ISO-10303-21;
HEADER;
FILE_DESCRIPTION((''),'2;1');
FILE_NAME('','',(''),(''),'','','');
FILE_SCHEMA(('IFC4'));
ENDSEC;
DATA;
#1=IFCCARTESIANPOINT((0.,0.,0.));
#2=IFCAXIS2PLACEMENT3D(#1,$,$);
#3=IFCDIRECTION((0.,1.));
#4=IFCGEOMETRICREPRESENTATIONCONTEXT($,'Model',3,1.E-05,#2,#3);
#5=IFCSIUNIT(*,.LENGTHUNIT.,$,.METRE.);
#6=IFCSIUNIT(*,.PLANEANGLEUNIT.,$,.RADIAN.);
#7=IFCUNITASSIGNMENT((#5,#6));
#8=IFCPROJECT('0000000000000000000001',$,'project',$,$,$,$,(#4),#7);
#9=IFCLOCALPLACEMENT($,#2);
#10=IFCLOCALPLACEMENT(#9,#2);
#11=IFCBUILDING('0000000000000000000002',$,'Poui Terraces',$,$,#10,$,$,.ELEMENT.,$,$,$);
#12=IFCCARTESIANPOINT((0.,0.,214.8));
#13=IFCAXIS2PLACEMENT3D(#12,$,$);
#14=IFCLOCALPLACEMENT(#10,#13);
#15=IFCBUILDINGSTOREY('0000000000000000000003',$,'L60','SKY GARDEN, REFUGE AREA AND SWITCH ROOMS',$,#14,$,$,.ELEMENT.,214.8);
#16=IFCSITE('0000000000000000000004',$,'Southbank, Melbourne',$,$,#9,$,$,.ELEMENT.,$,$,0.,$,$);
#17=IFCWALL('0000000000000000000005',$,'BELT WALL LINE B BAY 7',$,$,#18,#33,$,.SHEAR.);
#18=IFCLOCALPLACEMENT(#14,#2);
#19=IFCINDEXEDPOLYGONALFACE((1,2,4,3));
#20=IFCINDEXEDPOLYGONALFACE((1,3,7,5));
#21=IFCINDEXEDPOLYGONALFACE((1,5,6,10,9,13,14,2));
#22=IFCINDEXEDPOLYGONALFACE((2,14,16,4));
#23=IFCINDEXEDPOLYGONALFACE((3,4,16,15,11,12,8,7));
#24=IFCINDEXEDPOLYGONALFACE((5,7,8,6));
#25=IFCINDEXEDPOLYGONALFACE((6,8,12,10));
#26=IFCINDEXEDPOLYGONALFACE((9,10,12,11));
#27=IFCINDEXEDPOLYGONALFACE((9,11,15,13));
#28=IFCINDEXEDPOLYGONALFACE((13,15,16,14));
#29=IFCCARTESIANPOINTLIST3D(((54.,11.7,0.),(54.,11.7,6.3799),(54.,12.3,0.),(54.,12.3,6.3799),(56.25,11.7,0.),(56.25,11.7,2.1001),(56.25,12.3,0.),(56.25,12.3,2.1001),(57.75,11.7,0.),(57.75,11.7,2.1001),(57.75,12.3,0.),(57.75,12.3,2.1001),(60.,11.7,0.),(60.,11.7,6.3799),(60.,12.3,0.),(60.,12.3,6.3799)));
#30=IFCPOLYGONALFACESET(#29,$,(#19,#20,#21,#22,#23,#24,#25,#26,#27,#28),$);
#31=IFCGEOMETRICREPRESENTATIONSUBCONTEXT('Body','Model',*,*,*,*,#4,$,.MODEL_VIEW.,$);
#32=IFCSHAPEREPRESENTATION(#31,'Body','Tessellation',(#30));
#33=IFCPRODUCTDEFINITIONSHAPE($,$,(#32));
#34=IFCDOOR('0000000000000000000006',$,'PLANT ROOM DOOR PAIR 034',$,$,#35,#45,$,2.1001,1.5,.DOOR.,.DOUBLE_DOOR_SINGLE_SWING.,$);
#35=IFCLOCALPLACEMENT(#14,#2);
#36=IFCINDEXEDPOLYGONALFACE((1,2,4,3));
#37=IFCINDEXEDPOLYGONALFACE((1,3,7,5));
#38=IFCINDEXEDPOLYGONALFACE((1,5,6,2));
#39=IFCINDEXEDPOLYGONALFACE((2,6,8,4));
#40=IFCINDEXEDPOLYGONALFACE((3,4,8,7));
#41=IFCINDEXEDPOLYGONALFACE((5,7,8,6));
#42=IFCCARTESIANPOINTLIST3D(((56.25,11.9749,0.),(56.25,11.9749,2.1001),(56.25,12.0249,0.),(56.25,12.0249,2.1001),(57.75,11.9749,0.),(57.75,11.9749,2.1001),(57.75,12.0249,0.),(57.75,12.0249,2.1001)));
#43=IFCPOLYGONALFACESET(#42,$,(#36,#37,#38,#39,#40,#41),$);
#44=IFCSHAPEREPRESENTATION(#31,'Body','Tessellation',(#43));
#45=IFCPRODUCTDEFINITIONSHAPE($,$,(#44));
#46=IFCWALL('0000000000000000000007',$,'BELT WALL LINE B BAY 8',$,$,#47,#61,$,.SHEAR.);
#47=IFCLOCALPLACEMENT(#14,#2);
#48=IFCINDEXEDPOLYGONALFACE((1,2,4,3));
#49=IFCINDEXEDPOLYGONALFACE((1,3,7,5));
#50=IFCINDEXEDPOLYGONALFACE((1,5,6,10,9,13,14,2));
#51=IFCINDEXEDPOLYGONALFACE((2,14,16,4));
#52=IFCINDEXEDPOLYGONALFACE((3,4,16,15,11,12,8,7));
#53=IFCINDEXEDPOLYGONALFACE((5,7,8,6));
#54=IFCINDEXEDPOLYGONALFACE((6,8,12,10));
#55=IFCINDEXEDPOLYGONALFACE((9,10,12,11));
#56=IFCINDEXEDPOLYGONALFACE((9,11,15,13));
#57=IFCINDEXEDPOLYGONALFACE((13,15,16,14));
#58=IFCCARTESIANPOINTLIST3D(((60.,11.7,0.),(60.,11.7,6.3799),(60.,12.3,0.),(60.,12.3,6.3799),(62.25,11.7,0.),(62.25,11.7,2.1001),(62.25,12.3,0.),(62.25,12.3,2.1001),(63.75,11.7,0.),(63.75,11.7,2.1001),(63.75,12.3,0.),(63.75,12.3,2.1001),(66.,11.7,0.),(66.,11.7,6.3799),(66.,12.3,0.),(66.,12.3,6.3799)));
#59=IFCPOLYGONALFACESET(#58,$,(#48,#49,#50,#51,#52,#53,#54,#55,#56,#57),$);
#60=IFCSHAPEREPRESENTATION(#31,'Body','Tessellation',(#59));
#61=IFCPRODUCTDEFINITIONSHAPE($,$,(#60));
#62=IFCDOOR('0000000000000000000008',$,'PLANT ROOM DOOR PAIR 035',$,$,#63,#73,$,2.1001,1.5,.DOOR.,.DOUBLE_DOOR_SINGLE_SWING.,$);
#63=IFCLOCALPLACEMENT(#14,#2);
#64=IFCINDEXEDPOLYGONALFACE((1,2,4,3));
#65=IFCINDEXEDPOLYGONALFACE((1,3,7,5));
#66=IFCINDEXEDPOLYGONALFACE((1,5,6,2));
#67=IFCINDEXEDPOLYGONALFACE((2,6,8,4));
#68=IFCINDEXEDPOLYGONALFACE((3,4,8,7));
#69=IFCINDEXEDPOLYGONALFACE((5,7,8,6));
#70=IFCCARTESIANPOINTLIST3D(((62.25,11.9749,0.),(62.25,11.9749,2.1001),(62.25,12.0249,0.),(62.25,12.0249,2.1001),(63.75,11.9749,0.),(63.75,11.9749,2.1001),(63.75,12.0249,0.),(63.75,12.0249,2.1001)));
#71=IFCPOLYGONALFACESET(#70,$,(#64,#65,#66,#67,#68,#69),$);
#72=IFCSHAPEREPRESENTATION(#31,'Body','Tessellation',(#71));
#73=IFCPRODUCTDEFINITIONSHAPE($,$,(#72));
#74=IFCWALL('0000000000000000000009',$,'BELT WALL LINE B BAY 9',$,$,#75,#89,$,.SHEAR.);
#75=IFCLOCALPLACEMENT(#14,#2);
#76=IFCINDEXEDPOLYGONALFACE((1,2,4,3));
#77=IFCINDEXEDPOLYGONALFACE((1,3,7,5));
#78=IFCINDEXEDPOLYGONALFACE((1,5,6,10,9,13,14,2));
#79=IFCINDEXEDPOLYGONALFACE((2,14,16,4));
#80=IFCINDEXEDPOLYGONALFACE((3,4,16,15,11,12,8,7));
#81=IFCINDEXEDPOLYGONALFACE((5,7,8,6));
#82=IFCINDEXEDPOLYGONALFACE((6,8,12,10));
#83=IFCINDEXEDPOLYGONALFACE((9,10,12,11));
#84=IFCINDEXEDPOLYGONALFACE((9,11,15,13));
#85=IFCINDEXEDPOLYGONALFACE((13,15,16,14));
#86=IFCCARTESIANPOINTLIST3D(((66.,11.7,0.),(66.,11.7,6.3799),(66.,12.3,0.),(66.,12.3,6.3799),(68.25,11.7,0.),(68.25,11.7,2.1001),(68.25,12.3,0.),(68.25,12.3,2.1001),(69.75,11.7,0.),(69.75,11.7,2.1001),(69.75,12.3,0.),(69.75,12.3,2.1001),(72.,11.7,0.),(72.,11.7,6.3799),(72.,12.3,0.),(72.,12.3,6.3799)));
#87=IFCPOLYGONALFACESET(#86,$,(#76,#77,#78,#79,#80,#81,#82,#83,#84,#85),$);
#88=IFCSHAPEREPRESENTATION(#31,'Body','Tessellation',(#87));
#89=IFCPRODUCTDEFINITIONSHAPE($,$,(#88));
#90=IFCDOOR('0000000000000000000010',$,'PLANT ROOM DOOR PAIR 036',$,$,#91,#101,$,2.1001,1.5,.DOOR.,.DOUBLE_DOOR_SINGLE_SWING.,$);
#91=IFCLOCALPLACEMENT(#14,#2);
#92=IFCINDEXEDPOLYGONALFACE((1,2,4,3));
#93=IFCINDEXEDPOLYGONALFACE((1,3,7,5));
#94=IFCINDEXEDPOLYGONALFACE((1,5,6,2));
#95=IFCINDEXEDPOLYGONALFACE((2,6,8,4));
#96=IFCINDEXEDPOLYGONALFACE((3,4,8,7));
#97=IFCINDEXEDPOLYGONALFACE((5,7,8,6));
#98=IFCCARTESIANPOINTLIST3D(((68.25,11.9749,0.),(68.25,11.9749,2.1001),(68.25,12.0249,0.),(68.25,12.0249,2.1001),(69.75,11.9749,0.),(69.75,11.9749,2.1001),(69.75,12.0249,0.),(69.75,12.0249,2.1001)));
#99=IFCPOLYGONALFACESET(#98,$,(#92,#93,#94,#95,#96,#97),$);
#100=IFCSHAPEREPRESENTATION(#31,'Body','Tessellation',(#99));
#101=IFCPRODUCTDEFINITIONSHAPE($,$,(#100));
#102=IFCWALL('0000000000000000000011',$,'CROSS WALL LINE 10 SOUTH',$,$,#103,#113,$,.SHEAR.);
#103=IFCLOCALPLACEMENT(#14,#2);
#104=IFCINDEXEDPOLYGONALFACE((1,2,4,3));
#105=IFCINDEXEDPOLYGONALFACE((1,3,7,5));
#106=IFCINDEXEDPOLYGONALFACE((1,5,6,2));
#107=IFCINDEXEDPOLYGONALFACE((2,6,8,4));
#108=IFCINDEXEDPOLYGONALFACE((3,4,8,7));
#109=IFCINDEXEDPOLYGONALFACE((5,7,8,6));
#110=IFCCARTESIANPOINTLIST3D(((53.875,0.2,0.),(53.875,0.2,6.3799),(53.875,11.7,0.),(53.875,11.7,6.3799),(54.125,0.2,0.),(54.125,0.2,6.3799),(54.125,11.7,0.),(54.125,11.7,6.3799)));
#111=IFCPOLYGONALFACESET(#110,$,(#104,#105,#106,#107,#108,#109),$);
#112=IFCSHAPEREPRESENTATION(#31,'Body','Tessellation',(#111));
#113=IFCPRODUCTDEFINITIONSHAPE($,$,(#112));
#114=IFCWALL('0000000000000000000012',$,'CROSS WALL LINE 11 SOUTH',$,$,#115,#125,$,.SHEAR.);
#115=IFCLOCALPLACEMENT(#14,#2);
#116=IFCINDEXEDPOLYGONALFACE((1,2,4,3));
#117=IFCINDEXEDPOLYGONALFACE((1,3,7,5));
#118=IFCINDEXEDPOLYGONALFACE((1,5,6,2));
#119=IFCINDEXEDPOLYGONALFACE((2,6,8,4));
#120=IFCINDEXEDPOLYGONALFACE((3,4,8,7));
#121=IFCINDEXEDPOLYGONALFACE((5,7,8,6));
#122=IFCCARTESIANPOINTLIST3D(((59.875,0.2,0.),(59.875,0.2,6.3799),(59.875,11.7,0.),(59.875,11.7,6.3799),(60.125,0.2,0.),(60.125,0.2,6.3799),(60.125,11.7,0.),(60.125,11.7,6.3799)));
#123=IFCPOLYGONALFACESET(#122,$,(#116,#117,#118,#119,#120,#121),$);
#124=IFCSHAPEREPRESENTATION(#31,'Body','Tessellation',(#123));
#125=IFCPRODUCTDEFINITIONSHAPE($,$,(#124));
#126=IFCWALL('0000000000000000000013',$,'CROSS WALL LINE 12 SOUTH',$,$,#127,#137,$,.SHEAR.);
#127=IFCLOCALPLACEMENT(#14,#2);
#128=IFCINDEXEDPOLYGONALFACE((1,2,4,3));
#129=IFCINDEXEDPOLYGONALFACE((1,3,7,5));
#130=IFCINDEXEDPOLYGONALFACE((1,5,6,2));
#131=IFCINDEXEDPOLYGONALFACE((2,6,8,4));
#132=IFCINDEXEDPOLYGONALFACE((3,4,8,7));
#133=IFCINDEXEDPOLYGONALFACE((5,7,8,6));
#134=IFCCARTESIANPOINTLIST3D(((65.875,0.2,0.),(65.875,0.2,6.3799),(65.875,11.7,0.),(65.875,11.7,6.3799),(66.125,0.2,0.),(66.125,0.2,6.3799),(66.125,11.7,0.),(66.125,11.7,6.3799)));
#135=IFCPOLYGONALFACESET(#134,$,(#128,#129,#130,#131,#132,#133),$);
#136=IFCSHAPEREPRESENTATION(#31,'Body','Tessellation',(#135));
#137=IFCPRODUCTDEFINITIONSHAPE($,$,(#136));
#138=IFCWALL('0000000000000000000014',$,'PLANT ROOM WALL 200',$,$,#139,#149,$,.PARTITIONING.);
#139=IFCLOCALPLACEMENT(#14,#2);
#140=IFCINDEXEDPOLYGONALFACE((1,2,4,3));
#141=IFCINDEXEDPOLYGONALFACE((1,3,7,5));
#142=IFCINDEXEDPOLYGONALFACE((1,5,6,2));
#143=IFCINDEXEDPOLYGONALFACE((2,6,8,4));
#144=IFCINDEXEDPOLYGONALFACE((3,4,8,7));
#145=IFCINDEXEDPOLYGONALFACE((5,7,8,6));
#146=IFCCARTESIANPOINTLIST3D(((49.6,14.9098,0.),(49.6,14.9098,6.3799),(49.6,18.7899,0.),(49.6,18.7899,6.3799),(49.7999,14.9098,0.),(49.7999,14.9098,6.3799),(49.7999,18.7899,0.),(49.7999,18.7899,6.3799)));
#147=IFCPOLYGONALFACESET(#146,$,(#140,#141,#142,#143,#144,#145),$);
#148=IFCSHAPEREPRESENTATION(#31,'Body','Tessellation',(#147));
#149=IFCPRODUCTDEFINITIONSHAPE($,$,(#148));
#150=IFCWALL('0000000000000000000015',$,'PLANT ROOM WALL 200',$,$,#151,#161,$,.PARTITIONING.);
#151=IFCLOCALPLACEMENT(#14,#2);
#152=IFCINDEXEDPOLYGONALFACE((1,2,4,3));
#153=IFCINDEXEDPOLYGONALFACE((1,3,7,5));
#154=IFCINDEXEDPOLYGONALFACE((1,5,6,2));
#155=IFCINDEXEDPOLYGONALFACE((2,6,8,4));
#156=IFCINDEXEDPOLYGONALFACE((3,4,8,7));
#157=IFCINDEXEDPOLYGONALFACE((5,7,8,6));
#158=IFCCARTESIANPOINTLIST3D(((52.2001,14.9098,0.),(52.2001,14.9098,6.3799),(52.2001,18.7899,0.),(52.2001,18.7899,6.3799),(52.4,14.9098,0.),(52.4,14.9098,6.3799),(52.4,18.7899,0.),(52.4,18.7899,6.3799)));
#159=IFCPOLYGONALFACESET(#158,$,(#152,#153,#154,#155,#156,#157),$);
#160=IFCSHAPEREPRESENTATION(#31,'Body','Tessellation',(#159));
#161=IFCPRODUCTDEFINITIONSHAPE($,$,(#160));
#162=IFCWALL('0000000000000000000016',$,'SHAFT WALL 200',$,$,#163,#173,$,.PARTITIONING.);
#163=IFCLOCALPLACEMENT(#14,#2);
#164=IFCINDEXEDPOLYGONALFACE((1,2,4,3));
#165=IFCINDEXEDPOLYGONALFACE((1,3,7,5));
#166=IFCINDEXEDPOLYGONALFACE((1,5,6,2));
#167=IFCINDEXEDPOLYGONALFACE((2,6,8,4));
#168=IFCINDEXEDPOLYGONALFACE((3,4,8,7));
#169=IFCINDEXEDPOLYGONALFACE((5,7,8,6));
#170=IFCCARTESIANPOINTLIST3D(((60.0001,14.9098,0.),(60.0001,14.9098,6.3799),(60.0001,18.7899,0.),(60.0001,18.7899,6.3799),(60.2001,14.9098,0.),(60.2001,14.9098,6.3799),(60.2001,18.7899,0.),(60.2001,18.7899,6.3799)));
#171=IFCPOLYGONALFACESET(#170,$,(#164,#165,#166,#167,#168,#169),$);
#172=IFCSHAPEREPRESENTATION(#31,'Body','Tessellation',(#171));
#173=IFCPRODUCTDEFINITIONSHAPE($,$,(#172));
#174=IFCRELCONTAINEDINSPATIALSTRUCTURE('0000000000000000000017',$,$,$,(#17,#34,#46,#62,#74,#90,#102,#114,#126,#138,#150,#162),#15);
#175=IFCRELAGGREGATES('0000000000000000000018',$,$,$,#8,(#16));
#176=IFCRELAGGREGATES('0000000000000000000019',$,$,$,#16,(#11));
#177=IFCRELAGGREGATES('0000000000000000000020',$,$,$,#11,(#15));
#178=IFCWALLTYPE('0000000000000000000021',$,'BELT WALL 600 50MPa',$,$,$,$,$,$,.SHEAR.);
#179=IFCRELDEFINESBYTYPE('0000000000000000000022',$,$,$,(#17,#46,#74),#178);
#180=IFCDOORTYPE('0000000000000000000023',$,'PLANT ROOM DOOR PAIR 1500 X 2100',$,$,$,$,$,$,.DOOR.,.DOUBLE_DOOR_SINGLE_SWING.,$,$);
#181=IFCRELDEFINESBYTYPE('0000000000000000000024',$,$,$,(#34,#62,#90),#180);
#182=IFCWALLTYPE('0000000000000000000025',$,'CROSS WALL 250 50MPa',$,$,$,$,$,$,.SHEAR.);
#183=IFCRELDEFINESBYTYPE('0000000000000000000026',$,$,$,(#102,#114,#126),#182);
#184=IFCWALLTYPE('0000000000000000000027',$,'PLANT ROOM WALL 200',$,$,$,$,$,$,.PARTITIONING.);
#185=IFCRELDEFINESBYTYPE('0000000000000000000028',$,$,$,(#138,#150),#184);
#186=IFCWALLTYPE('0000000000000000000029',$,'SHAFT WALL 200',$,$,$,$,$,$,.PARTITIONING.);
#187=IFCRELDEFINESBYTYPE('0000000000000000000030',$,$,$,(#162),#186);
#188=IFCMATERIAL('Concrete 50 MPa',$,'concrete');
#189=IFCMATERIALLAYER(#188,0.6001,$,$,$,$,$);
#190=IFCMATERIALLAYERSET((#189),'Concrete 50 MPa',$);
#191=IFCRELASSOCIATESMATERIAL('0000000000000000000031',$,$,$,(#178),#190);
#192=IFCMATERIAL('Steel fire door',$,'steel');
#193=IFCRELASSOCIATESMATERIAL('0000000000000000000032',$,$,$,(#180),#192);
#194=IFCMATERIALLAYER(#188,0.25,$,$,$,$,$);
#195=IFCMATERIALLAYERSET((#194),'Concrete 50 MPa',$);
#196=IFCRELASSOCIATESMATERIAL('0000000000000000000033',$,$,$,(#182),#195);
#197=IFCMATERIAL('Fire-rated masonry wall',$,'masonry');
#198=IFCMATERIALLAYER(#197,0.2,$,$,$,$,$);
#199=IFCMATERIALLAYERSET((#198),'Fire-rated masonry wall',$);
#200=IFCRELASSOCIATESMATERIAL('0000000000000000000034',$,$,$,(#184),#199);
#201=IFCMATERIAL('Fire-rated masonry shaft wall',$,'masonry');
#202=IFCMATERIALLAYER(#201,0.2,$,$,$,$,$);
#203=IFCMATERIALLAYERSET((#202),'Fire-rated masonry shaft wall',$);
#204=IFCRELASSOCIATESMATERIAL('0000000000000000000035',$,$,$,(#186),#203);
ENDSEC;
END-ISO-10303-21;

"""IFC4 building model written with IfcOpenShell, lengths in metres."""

from ifc_helpers import new_model, si_unit, direction, frame, frame_2d, origin, place, context, subcontext, project, spatial, rectangle, extrude, material, layer, layer_set, type_object, element, fill, save


model = new_model("IFC4")

# Units and contexts
model_context = context("Model", 3, precision=1e-05, world=origin(), true_north=direction((0.0, 1.0)))
body_context = subcontext(model_context, "Body", "Model", "MODEL_VIEW")
ifc_project = project(units=[si_unit("LENGTHUNIT", "METRE"), si_unit("PLANEANGLEUNIT", "RADIAN")], contexts=[model_context])

# Site, building, storey
site_placement = place(None, origin())
site = spatial("IfcSite", under=ifc_project, at=site_placement, Name="Southbank, Melbourne", CompositionType="ELEMENT", RefElevation=0.0)
building_placement = place(site_placement, origin())
building = spatial("IfcBuilding", under=site, at=building_placement, Name="Poui Terraces", CompositionType="ELEMENT")
storey_placement = place(building_placement, frame((0.0, 0.0, 214.8)))
storey = spatial("IfcBuildingStorey", under=building, at=storey_placement, Name="L60", Description="SKY GARDEN, REFUGE AREA AND SWITCH ROOMS", CompositionType="ELEMENT", Elevation=214.8)

# Walls, openings, doors
ifc_material_1 = material(Name="Concrete 50 MPa", Category="concrete")
ifc_layer_1 = layer(ifc_material_1, 0.6001)
ifc_layer_set_1 = layer_set([ifc_layer_1], Name="Concrete 50 MPa")
wall_type_1 = type_object("IfcWallType", Name="BELT WALL 600 50MPa", PredefinedType="SHEAR", material=ifc_layer_set_1)
wall_1_placement = place(storey_placement, frame((54.0, 12.0, 0.0), z_axis=(0.0, 0.0, 1.0), x_axis=(1.0, 0.0, 0.0)))
wall_1 = element("IfcWall", 1, at=wall_1_placement, inside=storey, type_object=wall_type_1, Name="BELT WALL LINE B BAY 7", PredefinedType="SHEAR", context=body_context, shape_type="SweptSolid", body=[
    extrude(rectangle(XDim=6.0, YDim=0.6001, at=frame_2d((3.0, 0.0))), origin(), (0.0, 0.0, 1.0), 6.3799),
])
opening_1_placement = place(wall_1_placement, frame((2.25, 0.0, 0.0)))
opening_1 = element("IfcOpeningElement", 2, at=opening_1_placement, cuts=wall_1, PredefinedType="OPENING", context=body_context, shape_type="SweptSolid", body=[
    extrude(rectangle(XDim=1.5, YDim=2.1001, at=frame_2d((0.75, 1.05))), frame((0.0, 0.3101, 0.0), z_axis=(0.0, -1.0, 0.0), x_axis=(1.0, 0.0, 0.0)), (0.0, 0.0, 1.0), 0.6201),
])
ifc_material_2 = material(Name="Steel fire door", Category="steel")
door_type_1 = type_object("IfcDoorType", Name="PLANT ROOM DOOR PAIR 1500 X 2100", OperationType="DOUBLE_DOOR_SINGLE_SWING", PredefinedType="DOOR", material=ifc_material_2)
door_1_placement = place(opening_1_placement, origin())
door_1 = element("IfcDoor", 3, at=door_1_placement, inside=storey, type_object=door_type_1, Name="PLANT ROOM DOOR PAIR 034", OperationType="DOUBLE_DOOR_SINGLE_SWING", OverallHeight=2.1001, OverallWidth=1.5, PredefinedType="DOOR", context=body_context, shape_type="SweptSolid", body=[
    extrude(rectangle(XDim=1.5, YDim=2.1001, at=frame_2d((0.75, 1.05))), frame((0.0, 0.0249, 0.0), z_axis=(0.0, -1.0, 0.0), x_axis=(1.0, 0.0, 0.0)), (0.0, 0.0, 1.0), 0.05),
])
fill(opening_1, door_1)
wall_2_placement = place(storey_placement, frame((60.0, 12.0, 0.0), z_axis=(0.0, 0.0, 1.0), x_axis=(1.0, 0.0, 0.0)))
wall_2 = element("IfcWall", 4, at=wall_2_placement, inside=storey, type_object=wall_type_1, Name="BELT WALL LINE B BAY 8", PredefinedType="SHEAR", context=body_context, shape_type="SweptSolid", body=[
    extrude(rectangle(XDim=6.0, YDim=0.6001, at=frame_2d((3.0, 0.0))), origin(), (0.0, 0.0, 1.0), 6.3799),
])
opening_2_placement = place(wall_2_placement, frame((2.25, 0.0, 0.0)))
opening_2 = element("IfcOpeningElement", 5, at=opening_2_placement, cuts=wall_2, PredefinedType="OPENING", context=body_context, shape_type="SweptSolid", body=[
    extrude(rectangle(XDim=1.5, YDim=2.1001, at=frame_2d((0.75, 1.05))), frame((0.0, 0.3101, 0.0), z_axis=(0.0, -1.0, 0.0), x_axis=(1.0, 0.0, 0.0)), (0.0, 0.0, 1.0), 0.6201),
])
door_2_placement = place(opening_2_placement, origin())
door_2 = element("IfcDoor", 6, at=door_2_placement, inside=storey, type_object=door_type_1, Name="PLANT ROOM DOOR PAIR 035", OperationType="DOUBLE_DOOR_SINGLE_SWING", OverallHeight=2.1001, OverallWidth=1.5, PredefinedType="DOOR", context=body_context, shape_type="SweptSolid", body=[
    extrude(rectangle(XDim=1.5, YDim=2.1001, at=frame_2d((0.75, 1.05))), frame((0.0, 0.0249, 0.0), z_axis=(0.0, -1.0, 0.0), x_axis=(1.0, 0.0, 0.0)), (0.0, 0.0, 1.0), 0.05),
])
fill(opening_2, door_2)
wall_3_placement = place(storey_placement, frame((66.0, 12.0, 0.0), z_axis=(0.0, 0.0, 1.0), x_axis=(1.0, 0.0, 0.0)))
wall_3 = element("IfcWall", 7, at=wall_3_placement, inside=storey, type_object=wall_type_1, Name="BELT WALL LINE B BAY 9", PredefinedType="SHEAR", context=body_context, shape_type="SweptSolid", body=[
    extrude(rectangle(XDim=6.0, YDim=0.6001, at=frame_2d((3.0, 0.0))), origin(), (0.0, 0.0, 1.0), 6.3799),
])
opening_3_placement = place(wall_3_placement, frame((2.25, 0.0, 0.0)))
opening_3 = element("IfcOpeningElement", 8, at=opening_3_placement, cuts=wall_3, PredefinedType="OPENING", context=body_context, shape_type="SweptSolid", body=[
    extrude(rectangle(XDim=1.5, YDim=2.1001, at=frame_2d((0.75, 1.05))), frame((0.0, 0.3101, 0.0), z_axis=(0.0, -1.0, 0.0), x_axis=(1.0, 0.0, 0.0)), (0.0, 0.0, 1.0), 0.6201),
])
door_3_placement = place(opening_3_placement, origin())
door_3 = element("IfcDoor", 9, at=door_3_placement, inside=storey, type_object=door_type_1, Name="PLANT ROOM DOOR PAIR 036", OperationType="DOUBLE_DOOR_SINGLE_SWING", OverallHeight=2.1001, OverallWidth=1.5, PredefinedType="DOOR", context=body_context, shape_type="SweptSolid", body=[
    extrude(rectangle(XDim=1.5, YDim=2.1001, at=frame_2d((0.75, 1.05))), frame((0.0, 0.0249, 0.0), z_axis=(0.0, -1.0, 0.0), x_axis=(1.0, 0.0, 0.0)), (0.0, 0.0, 1.0), 0.05),
])
fill(opening_3, door_3)

# Walls
ifc_layer_2 = layer(ifc_material_1, 0.25)
ifc_layer_set_2 = layer_set([ifc_layer_2], Name="Concrete 50 MPa")
wall_type_2 = type_object("IfcWallType", Name="CROSS WALL 250 50MPa", PredefinedType="SHEAR", material=ifc_layer_set_2)
for number, where, z_axis, x_axis, name in (
    (10, (54.0, 0.2, 0.0), (0.0, 0.0, 1.0), (0.0, 1.0, 0.0), "CROSS WALL LINE 10 SOUTH"),
    (11, (60.0, 0.2, 0.0), (0.0, 0.0, 1.0), (0.0, 1.0, 0.0), "CROSS WALL LINE 11 SOUTH"),
    (12, (66.0, 0.2, 0.0), (0.0, 0.0, 1.0), (0.0, 1.0, 0.0), "CROSS WALL LINE 12 SOUTH"),
):
    element("IfcWall", number, at=place(storey_placement, frame(where, z_axis=z_axis, x_axis=x_axis)), inside=storey, type_object=wall_type_2, Name=name, PredefinedType="SHEAR", context=body_context, shape_type="SweptSolid", body=[
        extrude(rectangle(XDim=11.5, YDim=0.25, at=frame_2d((5.75, 0.0))), origin(), (0.0, 0.0, 1.0), 6.3799),
    ])
ifc_material_3 = material(Name="Fire-rated masonry wall", Category="masonry")
ifc_layer_3 = layer(ifc_material_3, 0.2)
ifc_layer_set_3 = layer_set([ifc_layer_3], Name="Fire-rated masonry wall")
wall_type_3 = type_object("IfcWallType", Name="PLANT ROOM WALL 200", PredefinedType="PARTITIONING", material=ifc_layer_set_3)
for number, where, z_axis, x_axis, name in (
    (13, (49.7, 14.9099, 0.0), (0.0, 0.0, 1.0), (0.0, 1.0, 0.0), "PLANT ROOM WALL 200"),
    (14, (52.3, 14.9099, 0.0), (0.0, 0.0, 1.0), (0.0, 1.0, 0.0), "PLANT ROOM WALL 200"),
):
    element("IfcWall", number, at=place(storey_placement, frame(where, z_axis=z_axis, x_axis=x_axis)), inside=storey, type_object=wall_type_3, Name=name, PredefinedType="PARTITIONING", context=body_context, shape_type="SweptSolid", body=[
        extrude(rectangle(XDim=3.8801, YDim=0.2, at=frame_2d((1.9399, 0.0))), origin(), (0.0, 0.0, 1.0), 6.3799),
    ])
ifc_material_4 = material(Name="Fire-rated masonry shaft wall", Category="masonry")
ifc_layer_4 = layer(ifc_material_4, 0.2)
ifc_layer_set_4 = layer_set([ifc_layer_4], Name="Fire-rated masonry shaft wall")
wall_type_4 = type_object("IfcWallType", Name="SHAFT WALL 200", PredefinedType="PARTITIONING", material=ifc_layer_set_4)
wall_4_placement = place(storey_placement, frame((60.1001, 14.9099, 0.0), z_axis=(0.0, 0.0, 1.0), x_axis=(0.0, 1.0, 0.0)))
element("IfcWall", 15, at=wall_4_placement, inside=storey, type_object=wall_type_4, Name="SHAFT WALL 200", PredefinedType="PARTITIONING", context=body_context, shape_type="SweptSolid", body=[
    extrude(rectangle(XDim=3.8801, YDim=0.2, at=frame_2d((1.9399, 0.0))), origin(), (0.0, 0.0, 1.0), 6.3799),
])

save(model, "model.ifc")
